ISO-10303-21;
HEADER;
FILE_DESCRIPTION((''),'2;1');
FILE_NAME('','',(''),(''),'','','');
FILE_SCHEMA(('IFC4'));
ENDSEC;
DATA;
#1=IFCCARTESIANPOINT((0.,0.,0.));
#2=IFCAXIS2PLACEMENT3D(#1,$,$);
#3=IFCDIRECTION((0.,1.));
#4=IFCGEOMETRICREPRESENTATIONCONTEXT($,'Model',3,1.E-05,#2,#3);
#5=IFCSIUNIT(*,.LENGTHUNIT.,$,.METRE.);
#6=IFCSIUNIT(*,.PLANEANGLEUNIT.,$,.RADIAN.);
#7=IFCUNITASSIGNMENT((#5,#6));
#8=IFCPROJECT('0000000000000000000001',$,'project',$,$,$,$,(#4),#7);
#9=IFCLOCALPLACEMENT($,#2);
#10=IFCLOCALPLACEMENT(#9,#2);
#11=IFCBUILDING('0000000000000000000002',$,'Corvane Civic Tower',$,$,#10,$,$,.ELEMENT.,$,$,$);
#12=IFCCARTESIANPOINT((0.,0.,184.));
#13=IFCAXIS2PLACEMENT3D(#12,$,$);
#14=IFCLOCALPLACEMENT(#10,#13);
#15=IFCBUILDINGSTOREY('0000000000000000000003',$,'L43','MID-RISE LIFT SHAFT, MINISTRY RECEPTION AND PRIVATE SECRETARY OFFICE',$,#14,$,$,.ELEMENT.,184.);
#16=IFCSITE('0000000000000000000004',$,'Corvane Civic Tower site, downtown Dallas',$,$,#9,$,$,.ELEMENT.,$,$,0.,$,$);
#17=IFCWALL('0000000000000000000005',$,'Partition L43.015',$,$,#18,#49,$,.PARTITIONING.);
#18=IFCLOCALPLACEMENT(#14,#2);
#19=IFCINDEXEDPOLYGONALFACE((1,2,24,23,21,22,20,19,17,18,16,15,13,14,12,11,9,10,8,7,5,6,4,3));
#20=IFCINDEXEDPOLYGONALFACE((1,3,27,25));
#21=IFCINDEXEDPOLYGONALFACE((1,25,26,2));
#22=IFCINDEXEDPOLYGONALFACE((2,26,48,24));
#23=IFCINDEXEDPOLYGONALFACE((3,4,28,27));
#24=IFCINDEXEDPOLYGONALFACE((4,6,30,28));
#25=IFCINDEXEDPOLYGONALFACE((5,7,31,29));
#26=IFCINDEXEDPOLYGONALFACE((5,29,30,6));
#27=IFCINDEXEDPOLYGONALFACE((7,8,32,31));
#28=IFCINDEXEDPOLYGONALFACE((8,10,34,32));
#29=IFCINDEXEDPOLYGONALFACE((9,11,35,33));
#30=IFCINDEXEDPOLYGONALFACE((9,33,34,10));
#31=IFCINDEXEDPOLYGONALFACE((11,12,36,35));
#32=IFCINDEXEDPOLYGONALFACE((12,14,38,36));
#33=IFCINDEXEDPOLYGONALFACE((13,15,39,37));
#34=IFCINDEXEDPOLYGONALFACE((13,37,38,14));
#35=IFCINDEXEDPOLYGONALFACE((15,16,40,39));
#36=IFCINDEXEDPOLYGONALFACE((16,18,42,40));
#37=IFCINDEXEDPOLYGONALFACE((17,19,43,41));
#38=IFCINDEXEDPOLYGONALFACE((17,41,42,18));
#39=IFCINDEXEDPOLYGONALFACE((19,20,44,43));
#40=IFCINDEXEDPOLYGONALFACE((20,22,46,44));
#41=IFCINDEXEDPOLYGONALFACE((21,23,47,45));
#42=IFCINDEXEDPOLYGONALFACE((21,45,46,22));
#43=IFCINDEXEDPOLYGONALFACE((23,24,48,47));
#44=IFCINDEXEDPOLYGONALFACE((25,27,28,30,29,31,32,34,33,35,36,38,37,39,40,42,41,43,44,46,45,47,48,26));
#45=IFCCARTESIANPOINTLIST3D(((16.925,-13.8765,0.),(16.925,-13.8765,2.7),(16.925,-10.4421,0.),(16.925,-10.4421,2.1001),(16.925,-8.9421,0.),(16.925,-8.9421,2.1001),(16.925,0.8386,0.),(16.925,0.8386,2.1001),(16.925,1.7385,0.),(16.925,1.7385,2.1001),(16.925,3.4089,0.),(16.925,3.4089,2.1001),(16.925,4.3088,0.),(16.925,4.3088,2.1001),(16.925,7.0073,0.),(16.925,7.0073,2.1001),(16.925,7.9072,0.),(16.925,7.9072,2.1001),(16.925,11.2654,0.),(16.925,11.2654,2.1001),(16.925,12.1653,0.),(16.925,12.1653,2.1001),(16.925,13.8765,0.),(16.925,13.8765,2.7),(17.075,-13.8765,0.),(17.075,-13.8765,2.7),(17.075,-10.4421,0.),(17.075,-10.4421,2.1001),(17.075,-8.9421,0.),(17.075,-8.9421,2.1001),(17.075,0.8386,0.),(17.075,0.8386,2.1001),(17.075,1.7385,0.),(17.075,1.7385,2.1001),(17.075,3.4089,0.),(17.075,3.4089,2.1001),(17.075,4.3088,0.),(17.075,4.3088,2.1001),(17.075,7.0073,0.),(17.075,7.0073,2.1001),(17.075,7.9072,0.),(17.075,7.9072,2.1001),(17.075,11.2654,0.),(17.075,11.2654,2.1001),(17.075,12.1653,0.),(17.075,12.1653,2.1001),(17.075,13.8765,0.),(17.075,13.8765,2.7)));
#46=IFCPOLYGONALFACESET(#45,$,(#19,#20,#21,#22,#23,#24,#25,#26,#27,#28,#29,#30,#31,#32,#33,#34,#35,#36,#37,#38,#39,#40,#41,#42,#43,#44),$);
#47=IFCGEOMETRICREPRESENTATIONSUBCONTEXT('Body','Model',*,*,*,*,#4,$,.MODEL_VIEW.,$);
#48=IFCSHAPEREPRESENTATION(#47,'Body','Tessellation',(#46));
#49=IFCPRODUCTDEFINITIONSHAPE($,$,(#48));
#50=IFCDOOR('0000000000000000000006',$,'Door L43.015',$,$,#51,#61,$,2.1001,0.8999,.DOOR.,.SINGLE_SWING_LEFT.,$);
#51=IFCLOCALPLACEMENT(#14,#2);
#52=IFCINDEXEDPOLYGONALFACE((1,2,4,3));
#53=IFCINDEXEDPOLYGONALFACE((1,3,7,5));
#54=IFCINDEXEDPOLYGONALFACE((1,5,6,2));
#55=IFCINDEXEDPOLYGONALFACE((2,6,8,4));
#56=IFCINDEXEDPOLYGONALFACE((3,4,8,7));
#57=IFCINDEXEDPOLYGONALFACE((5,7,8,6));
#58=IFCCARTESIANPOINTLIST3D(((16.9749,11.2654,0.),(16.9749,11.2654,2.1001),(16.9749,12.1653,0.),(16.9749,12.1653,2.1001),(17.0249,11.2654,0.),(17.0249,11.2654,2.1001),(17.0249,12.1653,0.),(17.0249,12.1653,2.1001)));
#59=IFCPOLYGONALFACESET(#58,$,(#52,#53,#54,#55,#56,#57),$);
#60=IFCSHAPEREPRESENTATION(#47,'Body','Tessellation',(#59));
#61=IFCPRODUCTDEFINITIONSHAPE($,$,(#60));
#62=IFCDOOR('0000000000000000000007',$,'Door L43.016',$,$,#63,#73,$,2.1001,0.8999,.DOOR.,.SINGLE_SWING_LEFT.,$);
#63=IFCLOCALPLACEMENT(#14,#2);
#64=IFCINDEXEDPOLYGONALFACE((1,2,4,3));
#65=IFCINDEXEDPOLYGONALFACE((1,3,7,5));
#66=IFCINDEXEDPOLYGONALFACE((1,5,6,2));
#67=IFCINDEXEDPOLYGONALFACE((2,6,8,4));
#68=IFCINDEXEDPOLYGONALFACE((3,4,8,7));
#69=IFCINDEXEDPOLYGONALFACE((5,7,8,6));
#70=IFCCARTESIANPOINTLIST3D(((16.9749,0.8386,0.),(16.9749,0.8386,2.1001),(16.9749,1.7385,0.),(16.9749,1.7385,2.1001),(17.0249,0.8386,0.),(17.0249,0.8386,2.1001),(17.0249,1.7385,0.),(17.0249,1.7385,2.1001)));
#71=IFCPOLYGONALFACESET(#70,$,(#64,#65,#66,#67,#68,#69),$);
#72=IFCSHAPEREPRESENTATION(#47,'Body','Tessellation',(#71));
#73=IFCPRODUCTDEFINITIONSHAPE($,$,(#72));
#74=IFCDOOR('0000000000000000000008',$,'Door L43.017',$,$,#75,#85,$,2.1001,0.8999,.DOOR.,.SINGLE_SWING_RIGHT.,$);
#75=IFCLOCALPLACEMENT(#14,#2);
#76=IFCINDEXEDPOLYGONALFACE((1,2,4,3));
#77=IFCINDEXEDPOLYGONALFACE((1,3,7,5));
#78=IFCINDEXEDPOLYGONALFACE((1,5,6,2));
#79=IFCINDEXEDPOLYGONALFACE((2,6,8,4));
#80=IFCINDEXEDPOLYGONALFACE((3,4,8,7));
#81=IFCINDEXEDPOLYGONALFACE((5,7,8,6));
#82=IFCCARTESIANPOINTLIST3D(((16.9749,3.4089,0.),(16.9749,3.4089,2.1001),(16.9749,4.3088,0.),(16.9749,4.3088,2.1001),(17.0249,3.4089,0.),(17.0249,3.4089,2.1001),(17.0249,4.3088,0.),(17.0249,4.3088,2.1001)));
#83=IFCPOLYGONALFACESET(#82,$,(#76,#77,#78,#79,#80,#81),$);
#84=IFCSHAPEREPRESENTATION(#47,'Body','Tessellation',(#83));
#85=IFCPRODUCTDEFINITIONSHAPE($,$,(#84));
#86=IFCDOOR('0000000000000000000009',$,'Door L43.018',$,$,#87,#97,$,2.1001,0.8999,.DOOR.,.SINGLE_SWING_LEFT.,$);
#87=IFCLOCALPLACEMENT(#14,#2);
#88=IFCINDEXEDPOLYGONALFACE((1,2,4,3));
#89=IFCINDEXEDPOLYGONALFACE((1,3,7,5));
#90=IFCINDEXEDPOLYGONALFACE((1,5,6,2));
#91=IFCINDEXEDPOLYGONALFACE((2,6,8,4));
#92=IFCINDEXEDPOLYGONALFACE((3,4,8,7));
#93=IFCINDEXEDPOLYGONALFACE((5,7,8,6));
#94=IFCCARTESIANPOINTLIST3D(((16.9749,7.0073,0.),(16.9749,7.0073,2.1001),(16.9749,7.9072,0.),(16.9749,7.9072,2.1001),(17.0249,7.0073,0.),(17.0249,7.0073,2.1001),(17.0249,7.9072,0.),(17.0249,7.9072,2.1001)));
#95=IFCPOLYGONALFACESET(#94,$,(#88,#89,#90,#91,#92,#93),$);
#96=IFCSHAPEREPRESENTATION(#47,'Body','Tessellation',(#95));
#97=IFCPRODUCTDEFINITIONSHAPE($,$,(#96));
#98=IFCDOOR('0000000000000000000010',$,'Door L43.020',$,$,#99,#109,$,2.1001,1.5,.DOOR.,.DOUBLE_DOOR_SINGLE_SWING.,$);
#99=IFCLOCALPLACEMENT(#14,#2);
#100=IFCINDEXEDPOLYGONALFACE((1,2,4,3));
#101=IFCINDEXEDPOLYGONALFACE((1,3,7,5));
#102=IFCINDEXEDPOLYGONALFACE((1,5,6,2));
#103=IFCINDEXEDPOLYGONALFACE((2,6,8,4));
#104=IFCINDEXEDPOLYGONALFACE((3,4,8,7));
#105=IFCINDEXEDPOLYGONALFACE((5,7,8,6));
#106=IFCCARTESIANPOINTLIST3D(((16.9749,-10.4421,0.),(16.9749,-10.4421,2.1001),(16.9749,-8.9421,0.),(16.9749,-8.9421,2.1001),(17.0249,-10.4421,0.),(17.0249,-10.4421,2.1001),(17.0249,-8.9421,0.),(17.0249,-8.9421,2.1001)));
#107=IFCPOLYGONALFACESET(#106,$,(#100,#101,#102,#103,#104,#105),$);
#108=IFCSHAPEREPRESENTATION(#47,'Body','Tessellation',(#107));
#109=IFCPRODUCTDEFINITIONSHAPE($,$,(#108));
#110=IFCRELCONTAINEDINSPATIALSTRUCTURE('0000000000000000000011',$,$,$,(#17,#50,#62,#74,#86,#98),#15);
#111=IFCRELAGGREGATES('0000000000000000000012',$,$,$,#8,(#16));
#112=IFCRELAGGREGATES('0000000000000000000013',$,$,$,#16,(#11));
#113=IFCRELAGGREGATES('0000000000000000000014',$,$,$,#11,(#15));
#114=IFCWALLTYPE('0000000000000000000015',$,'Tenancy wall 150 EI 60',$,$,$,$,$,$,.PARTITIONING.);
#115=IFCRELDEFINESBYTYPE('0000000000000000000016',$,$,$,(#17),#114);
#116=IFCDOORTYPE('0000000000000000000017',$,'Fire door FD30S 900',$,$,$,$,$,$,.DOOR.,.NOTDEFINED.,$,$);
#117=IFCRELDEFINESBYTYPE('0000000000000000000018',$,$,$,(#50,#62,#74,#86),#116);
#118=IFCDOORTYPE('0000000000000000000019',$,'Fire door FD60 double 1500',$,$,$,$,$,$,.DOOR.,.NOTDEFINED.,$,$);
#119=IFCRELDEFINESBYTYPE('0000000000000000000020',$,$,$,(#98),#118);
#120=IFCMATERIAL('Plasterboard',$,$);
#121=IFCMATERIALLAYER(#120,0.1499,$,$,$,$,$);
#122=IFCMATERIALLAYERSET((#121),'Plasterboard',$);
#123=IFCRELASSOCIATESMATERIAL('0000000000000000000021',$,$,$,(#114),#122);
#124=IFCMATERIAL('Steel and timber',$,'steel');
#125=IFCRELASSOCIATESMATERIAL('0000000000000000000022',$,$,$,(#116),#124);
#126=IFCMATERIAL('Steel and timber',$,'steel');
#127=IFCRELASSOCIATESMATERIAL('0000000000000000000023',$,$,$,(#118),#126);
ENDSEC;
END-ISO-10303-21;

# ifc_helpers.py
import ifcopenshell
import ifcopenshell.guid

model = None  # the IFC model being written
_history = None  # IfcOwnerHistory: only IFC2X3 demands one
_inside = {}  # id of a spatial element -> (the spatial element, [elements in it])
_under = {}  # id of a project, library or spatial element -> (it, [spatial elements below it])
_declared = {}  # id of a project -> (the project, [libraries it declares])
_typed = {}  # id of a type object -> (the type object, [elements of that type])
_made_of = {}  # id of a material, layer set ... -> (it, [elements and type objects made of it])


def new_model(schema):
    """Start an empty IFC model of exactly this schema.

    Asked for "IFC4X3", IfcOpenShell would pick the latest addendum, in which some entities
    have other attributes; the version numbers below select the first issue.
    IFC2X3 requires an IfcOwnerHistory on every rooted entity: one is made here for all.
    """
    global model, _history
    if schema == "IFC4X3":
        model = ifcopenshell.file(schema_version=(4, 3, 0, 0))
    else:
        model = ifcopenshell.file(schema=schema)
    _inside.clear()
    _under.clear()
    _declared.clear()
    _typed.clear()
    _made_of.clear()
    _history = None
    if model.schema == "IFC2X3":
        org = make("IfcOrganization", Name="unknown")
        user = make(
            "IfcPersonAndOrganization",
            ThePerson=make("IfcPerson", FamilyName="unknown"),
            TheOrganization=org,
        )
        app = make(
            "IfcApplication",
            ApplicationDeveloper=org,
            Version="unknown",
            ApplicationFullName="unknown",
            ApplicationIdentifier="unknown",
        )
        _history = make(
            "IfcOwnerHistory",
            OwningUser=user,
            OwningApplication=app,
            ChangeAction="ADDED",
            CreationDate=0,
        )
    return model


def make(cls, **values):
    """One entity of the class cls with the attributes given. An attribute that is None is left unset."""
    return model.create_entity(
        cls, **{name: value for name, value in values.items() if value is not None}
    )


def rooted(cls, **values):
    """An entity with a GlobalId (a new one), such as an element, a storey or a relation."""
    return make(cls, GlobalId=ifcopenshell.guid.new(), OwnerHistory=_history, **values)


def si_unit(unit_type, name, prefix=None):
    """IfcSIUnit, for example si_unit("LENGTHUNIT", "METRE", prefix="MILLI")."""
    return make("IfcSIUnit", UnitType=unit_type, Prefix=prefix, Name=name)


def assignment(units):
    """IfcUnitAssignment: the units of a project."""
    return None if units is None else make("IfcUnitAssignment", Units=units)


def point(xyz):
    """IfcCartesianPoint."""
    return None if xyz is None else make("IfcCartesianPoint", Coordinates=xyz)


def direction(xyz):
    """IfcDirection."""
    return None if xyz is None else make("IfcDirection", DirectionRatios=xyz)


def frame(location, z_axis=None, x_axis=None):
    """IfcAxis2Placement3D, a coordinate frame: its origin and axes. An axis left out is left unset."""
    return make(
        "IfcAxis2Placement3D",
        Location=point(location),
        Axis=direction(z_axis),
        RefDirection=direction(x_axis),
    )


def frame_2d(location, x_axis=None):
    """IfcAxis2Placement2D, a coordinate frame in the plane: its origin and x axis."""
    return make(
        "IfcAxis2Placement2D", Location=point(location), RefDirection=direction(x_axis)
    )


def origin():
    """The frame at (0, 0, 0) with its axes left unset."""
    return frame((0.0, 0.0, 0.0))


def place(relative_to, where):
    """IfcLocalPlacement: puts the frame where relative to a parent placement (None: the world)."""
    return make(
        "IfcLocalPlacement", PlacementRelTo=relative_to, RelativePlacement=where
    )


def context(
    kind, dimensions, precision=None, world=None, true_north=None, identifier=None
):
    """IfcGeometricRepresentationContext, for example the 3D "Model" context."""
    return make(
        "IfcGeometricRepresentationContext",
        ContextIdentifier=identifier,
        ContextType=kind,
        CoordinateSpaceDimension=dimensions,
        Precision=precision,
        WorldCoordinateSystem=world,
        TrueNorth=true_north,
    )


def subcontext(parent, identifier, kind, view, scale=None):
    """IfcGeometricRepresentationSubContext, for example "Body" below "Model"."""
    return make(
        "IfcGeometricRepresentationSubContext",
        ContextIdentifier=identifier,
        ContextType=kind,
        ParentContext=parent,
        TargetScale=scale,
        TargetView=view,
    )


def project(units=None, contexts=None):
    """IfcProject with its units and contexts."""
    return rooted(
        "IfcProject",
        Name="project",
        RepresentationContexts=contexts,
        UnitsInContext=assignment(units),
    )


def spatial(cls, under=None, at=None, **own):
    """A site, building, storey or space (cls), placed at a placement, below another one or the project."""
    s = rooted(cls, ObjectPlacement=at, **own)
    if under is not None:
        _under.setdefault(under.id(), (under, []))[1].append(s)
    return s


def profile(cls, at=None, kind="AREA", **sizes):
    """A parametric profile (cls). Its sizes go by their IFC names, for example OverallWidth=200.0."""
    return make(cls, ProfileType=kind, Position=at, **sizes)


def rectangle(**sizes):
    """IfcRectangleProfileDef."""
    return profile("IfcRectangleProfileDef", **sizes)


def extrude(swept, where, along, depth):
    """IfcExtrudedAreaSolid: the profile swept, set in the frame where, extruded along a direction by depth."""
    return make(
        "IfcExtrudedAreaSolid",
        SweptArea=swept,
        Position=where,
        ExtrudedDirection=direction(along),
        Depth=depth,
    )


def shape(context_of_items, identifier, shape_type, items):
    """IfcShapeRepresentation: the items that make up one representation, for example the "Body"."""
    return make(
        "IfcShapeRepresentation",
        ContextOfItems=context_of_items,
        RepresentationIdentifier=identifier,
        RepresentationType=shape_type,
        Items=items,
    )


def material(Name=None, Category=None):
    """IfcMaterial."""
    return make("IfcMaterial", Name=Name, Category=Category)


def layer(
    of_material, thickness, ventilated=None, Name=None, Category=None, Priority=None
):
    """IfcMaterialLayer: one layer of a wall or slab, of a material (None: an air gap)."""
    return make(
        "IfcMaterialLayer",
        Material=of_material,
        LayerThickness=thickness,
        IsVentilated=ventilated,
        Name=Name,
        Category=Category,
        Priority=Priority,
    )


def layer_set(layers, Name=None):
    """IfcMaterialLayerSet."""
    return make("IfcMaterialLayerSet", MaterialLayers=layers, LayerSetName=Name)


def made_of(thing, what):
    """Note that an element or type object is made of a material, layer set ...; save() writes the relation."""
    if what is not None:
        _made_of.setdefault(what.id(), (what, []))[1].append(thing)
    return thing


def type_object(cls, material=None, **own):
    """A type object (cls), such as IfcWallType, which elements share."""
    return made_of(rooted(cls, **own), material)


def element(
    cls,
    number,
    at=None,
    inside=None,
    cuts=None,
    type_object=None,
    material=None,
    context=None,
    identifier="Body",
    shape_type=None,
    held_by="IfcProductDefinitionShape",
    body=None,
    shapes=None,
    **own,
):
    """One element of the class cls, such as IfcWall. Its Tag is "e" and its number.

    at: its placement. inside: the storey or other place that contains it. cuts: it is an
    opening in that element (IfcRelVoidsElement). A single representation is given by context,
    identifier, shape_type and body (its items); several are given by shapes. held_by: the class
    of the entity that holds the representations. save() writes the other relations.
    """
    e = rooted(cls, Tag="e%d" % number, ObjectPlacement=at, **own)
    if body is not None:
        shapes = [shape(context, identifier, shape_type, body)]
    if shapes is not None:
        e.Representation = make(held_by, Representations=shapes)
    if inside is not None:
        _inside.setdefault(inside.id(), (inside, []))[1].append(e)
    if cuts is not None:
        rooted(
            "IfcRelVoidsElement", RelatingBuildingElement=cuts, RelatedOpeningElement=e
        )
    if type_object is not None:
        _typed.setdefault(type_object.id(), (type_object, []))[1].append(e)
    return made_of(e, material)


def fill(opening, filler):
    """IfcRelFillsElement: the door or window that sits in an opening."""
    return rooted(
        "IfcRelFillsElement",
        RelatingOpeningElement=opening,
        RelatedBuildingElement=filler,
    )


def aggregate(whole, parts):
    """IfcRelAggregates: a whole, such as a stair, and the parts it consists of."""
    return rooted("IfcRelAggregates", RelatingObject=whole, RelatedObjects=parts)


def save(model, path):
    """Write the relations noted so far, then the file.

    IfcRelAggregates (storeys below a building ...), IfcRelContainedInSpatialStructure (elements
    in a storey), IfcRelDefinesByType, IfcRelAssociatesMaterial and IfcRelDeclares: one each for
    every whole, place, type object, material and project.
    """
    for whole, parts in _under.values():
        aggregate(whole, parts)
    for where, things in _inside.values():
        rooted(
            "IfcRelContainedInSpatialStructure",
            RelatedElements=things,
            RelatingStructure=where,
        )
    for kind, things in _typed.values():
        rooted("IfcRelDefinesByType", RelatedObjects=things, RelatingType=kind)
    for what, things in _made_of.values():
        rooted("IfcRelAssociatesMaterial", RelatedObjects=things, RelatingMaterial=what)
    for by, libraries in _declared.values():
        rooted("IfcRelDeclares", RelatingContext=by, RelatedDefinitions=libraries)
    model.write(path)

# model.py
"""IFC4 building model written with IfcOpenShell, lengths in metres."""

from ifc_helpers import new_model, si_unit, direction, frame, frame_2d, origin, place, context, subcontext, project, spatial, rectangle, extrude, material, layer, layer_set, type_object, element, fill, save


model = new_model("IFC4")

# Units and contexts
model_context = context("Model", 3, precision=1e-05, world=origin(), true_north=direction((0.0, 1.0)))
body_context = subcontext(model_context, "Body", "Model", "MODEL_VIEW")
ifc_project = project(units=[si_unit("LENGTHUNIT", "METRE"), si_unit("PLANEANGLEUNIT", "RADIAN")], contexts=[model_context])

# Site, building, storey
site_placement = place(None, origin())
site = spatial("IfcSite", under=ifc_project, at=site_placement, Name="Corvane Civic Tower site, downtown Dallas", CompositionType="ELEMENT", RefElevation=0.0)
building_placement = place(site_placement, origin())
building = spatial("IfcBuilding", under=site, at=building_placement, Name="Corvane Civic Tower", CompositionType="ELEMENT")
storey_placement = place(building_placement, frame((0.0, 0.0, 184.0)))
storey = spatial("IfcBuildingStorey", under=building, at=storey_placement, Name="L43", Description="MID-RISE LIFT SHAFT, MINISTRY RECEPTION AND PRIVATE SECRETARY OFFICE", CompositionType="ELEMENT", Elevation=184.0)

# Wall, openings, doors
ifc_material_1 = material(Name="Plasterboard")
ifc_layer_1 = layer(ifc_material_1, 0.1499)
ifc_layer_set_1 = layer_set([ifc_layer_1], Name="Plasterboard")
wall_type_1 = type_object("IfcWallType", Name="Tenancy wall 150 EI 60", PredefinedType="PARTITIONING", material=ifc_layer_set_1)
wall_1_placement = place(storey_placement, frame((17.0, -13.8765, 0.0), z_axis=(0.0, 0.0, 1.0), x_axis=(0.0, 1.0, 0.0)))
wall_1 = element("IfcWall", 1, at=wall_1_placement, inside=storey, type_object=wall_type_1, Name="Partition L43.015", PredefinedType="PARTITIONING", context=body_context, shape_type="SweptSolid", body=[
    extrude(rectangle(XDim=27.7529, YDim=0.1499, at=frame_2d((13.8765, 0.0))), origin(), (0.0, 0.0, 1.0), 2.7),
])
opening_1_placement = place(wall_1_placement, frame((25.1418, 0.0, 0.0)))
opening_1 = element("IfcOpeningElement", 2, at=opening_1_placement, cuts=wall_1, PredefinedType="OPENING", context=body_context, shape_type="SweptSolid", body=[
    extrude(rectangle(XDim=0.8999, YDim=2.1001, at=frame_2d((0.45, 1.05))), frame((0.0, 0.085, 0.0), z_axis=(0.0, -1.0, 0.0), x_axis=(1.0, 0.0, 0.0)), (0.0, 0.0, 1.0), 0.1699),
])
opening_2_placement = place(wall_1_placement, frame((14.7151, 0.0, 0.0)))
opening_2 = element("IfcOpeningElement", 3, at=opening_2_placement, cuts=wall_1, PredefinedType="OPENING", context=body_context, shape_type="SweptSolid", body=[
    extrude(rectangle(XDim=0.8999, YDim=2.1001, at=frame_2d((0.45, 1.05))), frame((0.0, 0.085, 0.0), z_axis=(0.0, -1.0, 0.0), x_axis=(1.0, 0.0, 0.0)), (0.0, 0.0, 1.0), 0.1699),
])
opening_3_placement = place(wall_1_placement, frame((17.2854, 0.0, 0.0)))
opening_3 = element("IfcOpeningElement", 4, at=opening_3_placement, cuts=wall_1, PredefinedType="OPENING", context=body_context, shape_type="SweptSolid", body=[
    extrude(rectangle(XDim=0.8999, YDim=2.1001, at=frame_2d((0.45, 1.05))), frame((0.0, 0.085, 0.0), z_axis=(0.0, -1.0, 0.0), x_axis=(1.0, 0.0, 0.0)), (0.0, 0.0, 1.0), 0.1699),
])
opening_4_placement = place(wall_1_placement, frame((20.8838, 0.0, 0.0)))
opening_4 = element("IfcOpeningElement", 5, at=opening_4_placement, cuts=wall_1, PredefinedType="OPENING", context=body_context, shape_type="SweptSolid", body=[
    extrude(rectangle(XDim=0.8999, YDim=2.1001, at=frame_2d((0.45, 1.05))), frame((0.0, 0.085, 0.0), z_axis=(0.0, -1.0, 0.0), x_axis=(1.0, 0.0, 0.0)), (0.0, 0.0, 1.0), 0.1699),
])
opening_5_placement = place(wall_1_placement, frame((3.4343, 0.0, 0.0)))
opening_5 = element("IfcOpeningElement", 6, at=opening_5_placement, cuts=wall_1, PredefinedType="OPENING", context=body_context, shape_type="SweptSolid", body=[
    extrude(rectangle(XDim=1.5, YDim=2.1001, at=frame_2d((0.75, 1.05))), frame((0.0, 0.085, 0.0), z_axis=(0.0, -1.0, 0.0), x_axis=(1.0, 0.0, 0.0)), (0.0, 0.0, 1.0), 0.1699),
])
ifc_material_2 = material(Name="Steel and timber", Category="steel")
door_type_1 = type_object("IfcDoorType", Name="Fire door FD30S 900", OperationType="NOTDEFINED", PredefinedType="DOOR", material=ifc_material_2)
door_1_placement = place(opening_1_placement, frame((0.8999, 0.0, 0.0), z_axis=(0.0, 0.0, 1.0), x_axis=(-1.0, 0.0, 0.0)))
door_1 = element("IfcDoor", 7, at=door_1_placement, inside=storey, type_object=door_type_1, Name="Door L43.015", OperationType="SINGLE_SWING_LEFT", OverallHeight=2.1001, OverallWidth=0.8999, PredefinedType="DOOR", context=body_context, shape_type="SweptSolid", body=[
    extrude(rectangle(XDim=0.8999, YDim=2.1001, at=frame_2d((0.45, 1.05))), frame((0.0, 0.0249, 0.0), z_axis=(0.0, -1.0, 0.0), x_axis=(1.0, 0.0, 0.0)), (0.0, 0.0, 1.0), 0.05),
])
fill(opening_1, door_1)
door_2_placement = place(opening_2_placement, frame((0.8999, 0.0, 0.0), z_axis=(0.0, 0.0, 1.0), x_axis=(-1.0, 0.0, 0.0)))
door_2 = element("IfcDoor", 8, at=door_2_placement, inside=storey, type_object=door_type_1, Name="Door L43.016", OperationType="SINGLE_SWING_LEFT", OverallHeight=2.1001, OverallWidth=0.8999, PredefinedType="DOOR", context=body_context, shape_type="SweptSolid", body=[
    extrude(rectangle(XDim=0.8999, YDim=2.1001, at=frame_2d((0.45, 1.05))), frame((0.0, 0.0249, 0.0), z_axis=(0.0, -1.0, 0.0), x_axis=(1.0, 0.0, 0.0)), (0.0, 0.0, 1.0), 0.05),
])
fill(opening_2, door_2)
door_3_placement = place(opening_3_placement, frame((0.8999, 0.0, 0.0), z_axis=(0.0, 0.0, 1.0), x_axis=(-1.0, 0.0, 0.0)))
door_3 = element("IfcDoor", 9, at=door_3_placement, inside=storey, type_object=door_type_1, Name="Door L43.017", OperationType="SINGLE_SWING_RIGHT", OverallHeight=2.1001, OverallWidth=0.8999, PredefinedType="DOOR", context=body_context, shape_type="SweptSolid", body=[
    extrude(rectangle(XDim=0.8999, YDim=2.1001, at=frame_2d((0.45, 1.05))), frame((0.0, 0.0249, 0.0), z_axis=(0.0, -1.0, 0.0), x_axis=(1.0, 0.0, 0.0)), (0.0, 0.0, 1.0), 0.05),
])
fill(opening_3, door_3)
door_4_placement = place(opening_4_placement, frame((0.8999, 0.0, 0.0), z_axis=(0.0, 0.0, 1.0), x_axis=(-1.0, 0.0, 0.0)))
door_4 = element("IfcDoor", 10, at=door_4_placement, inside=storey, type_object=door_type_1, Name="Door L43.018", OperationType="SINGLE_SWING_LEFT", OverallHeight=2.1001, OverallWidth=0.8999, PredefinedType="DOOR", context=body_context, shape_type="SweptSolid", body=[
    extrude(rectangle(XDim=0.8999, YDim=2.1001, at=frame_2d((0.45, 1.05))), frame((0.0, 0.0249, 0.0), z_axis=(0.0, -1.0, 0.0), x_axis=(1.0, 0.0, 0.0)), (0.0, 0.0, 1.0), 0.05),
])
fill(opening_4, door_4)
ifc_material_3 = material(Name="Steel and timber", Category="steel")
door_type_2 = type_object("IfcDoorType", Name="Fire door FD60 double 1500", OperationType="NOTDEFINED", PredefinedType="DOOR", material=ifc_material_3)
door_5_placement = place(opening_5_placement, frame((1.5, 0.0, 0.0), z_axis=(0.0, 0.0, 1.0), x_axis=(-1.0, 0.0, 0.0)))
door_5 = element("IfcDoor", 11, at=door_5_placement, inside=storey, type_object=door_type_2, Name="Door L43.020", OperationType="DOUBLE_DOOR_SINGLE_SWING", OverallHeight=2.1001, OverallWidth=1.5, PredefinedType="DOOR", context=body_context, shape_type="SweptSolid", body=[
    extrude(rectangle(XDim=1.5, YDim=2.1001, at=frame_2d((0.75, 1.05))), frame((0.0, 0.0249, 0.0), z_axis=(0.0, -1.0, 0.0), x_axis=(1.0, 0.0, 0.0)), (0.0, 0.0, 1.0), 0.05),
])
fill(opening_5, door_5)

save(model, "model.ifc")
